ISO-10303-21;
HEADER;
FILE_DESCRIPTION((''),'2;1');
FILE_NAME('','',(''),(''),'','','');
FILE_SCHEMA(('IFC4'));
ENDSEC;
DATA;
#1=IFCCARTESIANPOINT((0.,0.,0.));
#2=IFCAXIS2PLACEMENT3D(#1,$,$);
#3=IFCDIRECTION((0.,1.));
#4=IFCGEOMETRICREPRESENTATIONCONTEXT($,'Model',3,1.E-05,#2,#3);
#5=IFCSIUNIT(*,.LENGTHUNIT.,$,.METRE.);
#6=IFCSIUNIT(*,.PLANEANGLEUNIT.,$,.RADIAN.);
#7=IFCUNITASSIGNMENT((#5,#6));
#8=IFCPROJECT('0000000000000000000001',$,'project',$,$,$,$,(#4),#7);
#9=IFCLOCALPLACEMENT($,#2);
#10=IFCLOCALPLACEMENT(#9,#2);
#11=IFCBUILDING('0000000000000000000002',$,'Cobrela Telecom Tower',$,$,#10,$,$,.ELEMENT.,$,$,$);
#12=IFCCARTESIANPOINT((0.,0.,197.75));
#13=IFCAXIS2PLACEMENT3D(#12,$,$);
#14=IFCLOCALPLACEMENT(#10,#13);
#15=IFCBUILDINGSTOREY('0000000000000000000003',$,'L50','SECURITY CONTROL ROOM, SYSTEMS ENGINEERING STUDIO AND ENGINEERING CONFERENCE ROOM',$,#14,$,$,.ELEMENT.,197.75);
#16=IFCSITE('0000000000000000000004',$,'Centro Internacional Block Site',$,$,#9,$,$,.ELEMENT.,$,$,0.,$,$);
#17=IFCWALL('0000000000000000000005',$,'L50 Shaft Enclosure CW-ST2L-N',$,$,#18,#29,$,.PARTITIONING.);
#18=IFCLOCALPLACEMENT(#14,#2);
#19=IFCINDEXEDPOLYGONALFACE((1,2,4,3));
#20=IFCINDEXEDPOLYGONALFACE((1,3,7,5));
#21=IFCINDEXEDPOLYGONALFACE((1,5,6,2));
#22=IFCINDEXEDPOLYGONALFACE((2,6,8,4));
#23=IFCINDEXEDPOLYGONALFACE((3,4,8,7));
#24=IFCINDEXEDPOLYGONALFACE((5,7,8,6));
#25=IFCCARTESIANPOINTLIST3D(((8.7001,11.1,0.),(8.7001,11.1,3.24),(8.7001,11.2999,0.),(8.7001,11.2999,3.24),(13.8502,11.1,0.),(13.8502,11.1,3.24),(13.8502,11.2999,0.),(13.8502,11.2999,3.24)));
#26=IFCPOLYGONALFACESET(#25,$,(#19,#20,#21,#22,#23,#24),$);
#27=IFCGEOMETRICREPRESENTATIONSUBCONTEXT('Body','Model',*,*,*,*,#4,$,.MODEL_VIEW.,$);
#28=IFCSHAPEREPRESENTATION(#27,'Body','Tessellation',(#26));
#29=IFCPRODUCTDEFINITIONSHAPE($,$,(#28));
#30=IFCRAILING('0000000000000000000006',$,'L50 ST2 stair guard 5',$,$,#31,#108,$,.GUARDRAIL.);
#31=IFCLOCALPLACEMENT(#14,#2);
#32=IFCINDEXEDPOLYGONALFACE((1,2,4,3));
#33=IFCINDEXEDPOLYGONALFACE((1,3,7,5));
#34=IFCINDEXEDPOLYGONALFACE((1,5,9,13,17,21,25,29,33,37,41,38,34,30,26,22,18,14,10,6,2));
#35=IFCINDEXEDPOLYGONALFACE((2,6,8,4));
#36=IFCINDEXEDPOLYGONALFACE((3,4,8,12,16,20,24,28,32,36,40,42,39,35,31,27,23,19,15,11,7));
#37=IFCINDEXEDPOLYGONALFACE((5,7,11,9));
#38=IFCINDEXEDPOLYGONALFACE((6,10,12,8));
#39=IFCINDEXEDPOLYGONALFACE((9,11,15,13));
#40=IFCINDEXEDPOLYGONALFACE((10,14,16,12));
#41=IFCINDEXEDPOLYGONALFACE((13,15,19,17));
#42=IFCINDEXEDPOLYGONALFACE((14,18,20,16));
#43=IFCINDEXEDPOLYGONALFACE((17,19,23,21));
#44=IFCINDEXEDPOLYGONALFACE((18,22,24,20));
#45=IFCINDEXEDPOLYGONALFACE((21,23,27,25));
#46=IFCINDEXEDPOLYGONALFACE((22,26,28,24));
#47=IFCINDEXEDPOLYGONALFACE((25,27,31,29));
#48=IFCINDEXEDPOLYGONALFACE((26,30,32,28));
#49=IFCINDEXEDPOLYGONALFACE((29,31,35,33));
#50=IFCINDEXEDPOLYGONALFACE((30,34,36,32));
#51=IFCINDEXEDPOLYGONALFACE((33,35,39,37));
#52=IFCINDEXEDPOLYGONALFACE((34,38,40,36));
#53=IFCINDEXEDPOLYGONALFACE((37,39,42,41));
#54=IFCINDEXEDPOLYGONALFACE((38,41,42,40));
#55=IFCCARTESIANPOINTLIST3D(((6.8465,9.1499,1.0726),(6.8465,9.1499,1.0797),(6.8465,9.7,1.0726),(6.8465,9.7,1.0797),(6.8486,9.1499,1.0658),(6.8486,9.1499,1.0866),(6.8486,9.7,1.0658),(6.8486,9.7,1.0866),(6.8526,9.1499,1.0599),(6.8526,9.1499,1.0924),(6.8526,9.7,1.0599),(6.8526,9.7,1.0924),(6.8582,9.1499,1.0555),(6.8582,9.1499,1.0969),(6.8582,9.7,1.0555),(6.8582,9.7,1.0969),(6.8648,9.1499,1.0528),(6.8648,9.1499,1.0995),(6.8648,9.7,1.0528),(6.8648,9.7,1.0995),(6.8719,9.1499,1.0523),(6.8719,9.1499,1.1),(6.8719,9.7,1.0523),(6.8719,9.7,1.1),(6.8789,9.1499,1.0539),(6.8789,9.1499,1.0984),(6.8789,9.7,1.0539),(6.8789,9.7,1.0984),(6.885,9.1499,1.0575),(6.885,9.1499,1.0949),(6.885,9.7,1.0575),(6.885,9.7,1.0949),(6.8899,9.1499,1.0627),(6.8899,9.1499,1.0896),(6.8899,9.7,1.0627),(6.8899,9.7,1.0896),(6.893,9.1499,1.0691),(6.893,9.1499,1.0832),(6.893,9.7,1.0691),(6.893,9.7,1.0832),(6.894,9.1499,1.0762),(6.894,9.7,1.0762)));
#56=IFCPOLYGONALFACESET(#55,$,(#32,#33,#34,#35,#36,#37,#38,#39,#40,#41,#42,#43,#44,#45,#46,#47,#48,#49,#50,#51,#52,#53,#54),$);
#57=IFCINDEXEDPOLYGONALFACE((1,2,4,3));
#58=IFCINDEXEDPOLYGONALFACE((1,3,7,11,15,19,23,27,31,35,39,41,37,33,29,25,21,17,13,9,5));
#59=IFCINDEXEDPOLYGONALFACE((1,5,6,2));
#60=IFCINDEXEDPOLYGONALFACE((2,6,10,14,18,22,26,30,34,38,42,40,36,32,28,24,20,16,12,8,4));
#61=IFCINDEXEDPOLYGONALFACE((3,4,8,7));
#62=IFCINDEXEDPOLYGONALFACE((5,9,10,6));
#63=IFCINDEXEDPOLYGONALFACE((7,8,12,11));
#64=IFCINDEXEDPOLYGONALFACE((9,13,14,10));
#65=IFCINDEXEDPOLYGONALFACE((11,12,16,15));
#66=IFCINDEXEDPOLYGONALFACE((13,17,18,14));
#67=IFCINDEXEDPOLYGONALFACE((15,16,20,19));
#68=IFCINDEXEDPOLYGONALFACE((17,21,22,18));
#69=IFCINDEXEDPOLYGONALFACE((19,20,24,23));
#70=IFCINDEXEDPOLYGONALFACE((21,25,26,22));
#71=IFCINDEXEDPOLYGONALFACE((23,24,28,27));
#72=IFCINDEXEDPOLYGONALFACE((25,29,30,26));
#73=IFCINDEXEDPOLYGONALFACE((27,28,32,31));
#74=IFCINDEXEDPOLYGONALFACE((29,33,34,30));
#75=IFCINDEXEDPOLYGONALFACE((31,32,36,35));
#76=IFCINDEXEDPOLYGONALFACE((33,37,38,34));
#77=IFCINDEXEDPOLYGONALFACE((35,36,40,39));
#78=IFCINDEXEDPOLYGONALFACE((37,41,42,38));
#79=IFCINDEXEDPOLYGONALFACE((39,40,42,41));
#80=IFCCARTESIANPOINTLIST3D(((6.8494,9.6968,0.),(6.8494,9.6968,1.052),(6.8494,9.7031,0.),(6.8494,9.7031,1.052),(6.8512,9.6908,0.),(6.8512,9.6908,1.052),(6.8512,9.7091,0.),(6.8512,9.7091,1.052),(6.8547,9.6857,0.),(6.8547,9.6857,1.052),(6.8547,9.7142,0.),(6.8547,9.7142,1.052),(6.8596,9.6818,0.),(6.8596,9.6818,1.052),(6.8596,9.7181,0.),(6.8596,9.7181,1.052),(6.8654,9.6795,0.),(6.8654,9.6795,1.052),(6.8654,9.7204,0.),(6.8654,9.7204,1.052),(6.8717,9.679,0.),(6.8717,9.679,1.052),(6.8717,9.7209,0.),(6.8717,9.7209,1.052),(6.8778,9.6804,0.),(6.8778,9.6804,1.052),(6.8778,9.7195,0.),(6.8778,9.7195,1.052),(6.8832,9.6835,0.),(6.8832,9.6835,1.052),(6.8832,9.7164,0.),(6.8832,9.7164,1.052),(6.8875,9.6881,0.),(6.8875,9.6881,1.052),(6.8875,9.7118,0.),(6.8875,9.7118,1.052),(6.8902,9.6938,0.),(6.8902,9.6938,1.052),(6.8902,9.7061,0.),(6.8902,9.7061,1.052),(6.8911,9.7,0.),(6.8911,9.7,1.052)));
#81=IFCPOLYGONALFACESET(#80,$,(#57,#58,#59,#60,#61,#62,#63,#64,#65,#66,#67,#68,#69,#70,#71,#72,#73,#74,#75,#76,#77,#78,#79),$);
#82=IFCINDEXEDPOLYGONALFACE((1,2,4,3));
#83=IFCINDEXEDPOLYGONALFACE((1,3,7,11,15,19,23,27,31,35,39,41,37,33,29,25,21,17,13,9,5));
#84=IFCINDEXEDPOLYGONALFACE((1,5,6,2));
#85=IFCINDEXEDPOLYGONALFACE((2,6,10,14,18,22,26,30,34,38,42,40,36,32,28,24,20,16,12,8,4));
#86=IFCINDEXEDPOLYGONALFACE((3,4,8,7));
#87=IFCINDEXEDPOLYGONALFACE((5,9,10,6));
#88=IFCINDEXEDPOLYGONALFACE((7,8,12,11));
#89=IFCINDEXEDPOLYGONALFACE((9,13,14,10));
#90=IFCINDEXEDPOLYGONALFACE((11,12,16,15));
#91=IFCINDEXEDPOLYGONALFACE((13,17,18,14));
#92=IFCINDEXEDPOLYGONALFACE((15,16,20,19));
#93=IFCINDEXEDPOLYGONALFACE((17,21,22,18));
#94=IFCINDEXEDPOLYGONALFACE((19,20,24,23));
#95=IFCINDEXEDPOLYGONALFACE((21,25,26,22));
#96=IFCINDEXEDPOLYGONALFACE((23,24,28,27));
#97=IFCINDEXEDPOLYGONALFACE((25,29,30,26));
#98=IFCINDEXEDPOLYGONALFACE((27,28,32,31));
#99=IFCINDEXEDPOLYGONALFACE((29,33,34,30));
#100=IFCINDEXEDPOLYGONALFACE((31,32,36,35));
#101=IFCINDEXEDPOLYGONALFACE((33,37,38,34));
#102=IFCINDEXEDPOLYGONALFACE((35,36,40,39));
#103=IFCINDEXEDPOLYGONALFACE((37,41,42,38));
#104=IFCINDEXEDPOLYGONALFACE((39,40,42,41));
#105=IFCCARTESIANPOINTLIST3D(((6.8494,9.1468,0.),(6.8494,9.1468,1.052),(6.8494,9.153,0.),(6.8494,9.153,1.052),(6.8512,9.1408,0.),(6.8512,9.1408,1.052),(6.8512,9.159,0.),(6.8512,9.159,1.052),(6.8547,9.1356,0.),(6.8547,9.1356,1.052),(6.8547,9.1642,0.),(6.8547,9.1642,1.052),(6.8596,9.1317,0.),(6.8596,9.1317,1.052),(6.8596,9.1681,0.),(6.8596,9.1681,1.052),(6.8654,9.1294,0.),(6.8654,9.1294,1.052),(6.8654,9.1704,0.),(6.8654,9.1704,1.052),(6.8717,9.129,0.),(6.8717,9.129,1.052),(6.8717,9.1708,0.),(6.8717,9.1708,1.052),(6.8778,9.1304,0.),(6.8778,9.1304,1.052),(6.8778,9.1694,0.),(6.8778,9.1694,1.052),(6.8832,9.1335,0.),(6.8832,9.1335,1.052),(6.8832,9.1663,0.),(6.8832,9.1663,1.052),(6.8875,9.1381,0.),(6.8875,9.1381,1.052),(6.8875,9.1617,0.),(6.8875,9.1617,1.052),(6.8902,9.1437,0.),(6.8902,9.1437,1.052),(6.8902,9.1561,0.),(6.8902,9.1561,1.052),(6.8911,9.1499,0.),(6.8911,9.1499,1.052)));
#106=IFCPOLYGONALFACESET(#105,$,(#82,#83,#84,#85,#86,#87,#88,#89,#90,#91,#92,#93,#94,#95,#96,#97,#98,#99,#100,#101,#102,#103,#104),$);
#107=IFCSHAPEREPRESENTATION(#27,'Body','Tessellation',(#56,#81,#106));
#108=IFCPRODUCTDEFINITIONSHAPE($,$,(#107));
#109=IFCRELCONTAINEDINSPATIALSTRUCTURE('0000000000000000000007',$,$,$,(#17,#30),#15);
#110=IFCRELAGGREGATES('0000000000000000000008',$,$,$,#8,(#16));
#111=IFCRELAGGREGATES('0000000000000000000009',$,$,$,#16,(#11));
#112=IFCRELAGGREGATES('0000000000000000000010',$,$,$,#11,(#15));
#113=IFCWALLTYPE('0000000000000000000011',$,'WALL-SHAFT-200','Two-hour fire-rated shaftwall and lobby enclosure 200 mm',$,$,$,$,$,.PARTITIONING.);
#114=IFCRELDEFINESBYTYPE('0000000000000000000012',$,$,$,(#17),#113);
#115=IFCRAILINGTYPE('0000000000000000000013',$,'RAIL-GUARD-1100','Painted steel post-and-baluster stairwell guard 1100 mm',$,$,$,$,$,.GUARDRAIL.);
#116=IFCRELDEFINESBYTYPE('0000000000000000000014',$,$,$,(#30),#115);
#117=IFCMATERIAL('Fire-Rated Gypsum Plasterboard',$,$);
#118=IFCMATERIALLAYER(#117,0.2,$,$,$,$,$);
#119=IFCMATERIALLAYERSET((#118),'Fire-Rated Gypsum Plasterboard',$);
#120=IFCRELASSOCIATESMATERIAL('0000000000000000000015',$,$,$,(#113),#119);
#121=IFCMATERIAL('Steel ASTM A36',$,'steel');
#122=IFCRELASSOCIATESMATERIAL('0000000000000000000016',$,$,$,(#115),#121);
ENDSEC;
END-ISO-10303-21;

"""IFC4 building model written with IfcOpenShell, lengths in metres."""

from ifc_helpers import new_model, si_unit, direction, frame, frame_2d, origin, origin_2d, place, context, subcontext, project, spatial, rectangle, circle, extrude, material, layer, layer_set, type_object, element, save


model = new_model("IFC4")

# Units and contexts
model_context = context("Model", 3, precision=1e-05, world=origin(), true_north=direction((0.0, 1.0)))
body_context = subcontext(model_context, "Body", "Model", "MODEL_VIEW")
ifc_project = project(units=[si_unit("LENGTHUNIT", "METRE"), si_unit("PLANEANGLEUNIT", "RADIAN")], contexts=[model_context])

# Site, building, storey
site_placement = place(None, origin())
site = spatial("IfcSite", under=ifc_project, at=site_placement, Name="Centro Internacional Block Site", CompositionType="ELEMENT", RefElevation=0.0)
building_placement = place(site_placement, origin())
building = spatial("IfcBuilding", under=site, at=building_placement, Name="Cobrela Telecom Tower", CompositionType="ELEMENT")
storey_placement = place(building_placement, frame((0.0, 0.0, 197.75)))
storey = spatial("IfcBuildingStorey", under=building, at=storey_placement, Name="L50", Description="SECURITY CONTROL ROOM, SYSTEMS ENGINEERING STUDIO AND ENGINEERING CONFERENCE ROOM", CompositionType="ELEMENT", Elevation=197.75)

# Shared definitions
ifc_material_1 = material(Name="Fire-Rated Gypsum Plasterboard")

# Wall
ifc_layer_1 = layer(ifc_material_1, 0.2)
ifc_layer_set_1 = layer_set([ifc_layer_1], Name="Fire-Rated Gypsum Plasterboard")
wall_type_1 = type_object("IfcWallType", Name="WALL-SHAFT-200", Description="Two-hour fire-rated shaftwall and lobby enclosure 200 mm", PredefinedType="PARTITIONING", material=ifc_layer_set_1)
wall_1_placement = place(storey_placement, frame((8.7, 11.2, 0.0), z_axis=(0.0, 0.0, 1.0), x_axis=(1.0, 0.0, 0.0)))
element("IfcWall", 1, at=wall_1_placement, inside=storey, type_object=wall_type_1, Name="L50 Shaft Enclosure CW-ST2L-N", PredefinedType="PARTITIONING", context=body_context, shape_type="SweptSolid", body=[
    extrude(rectangle(XDim=5.1501, YDim=0.2, at=frame_2d((2.5752, 0.0))), origin(), (0.0, 0.0, 1.0), 3.24),
])

# Shared definitions
ifc_material_2 = material(Name="Steel ASTM A36", Category="steel")

# Railing
railing_type_1 = type_object("IfcRailingType", Name="RAIL-GUARD-1100", Description="Painted steel post-and-baluster stairwell guard 1100 mm", PredefinedType="GUARDRAIL", material=ifc_material_2)
railing_1_placement = place(storey_placement, frame((6.8701, 9.7, 0.0)))
element("IfcRailing", 2, at=railing_1_placement, inside=storey, type_object=railing_type_1, Name="L50 ST2 stair guard 5", PredefinedType="GUARDRAIL", context=body_context, shape_type="SweptSolid", body=[
    extrude(circle(Radius=0.0239, at=origin_2d()), frame((0.0, 0.0, 1.0762), z_axis=(0.0, -1.0, 0.0), x_axis=(1.0, 0.0, 0.0)), (0.0, 0.0, 1.0), 0.55),
    extrude(circle(Radius=0.021, at=origin_2d()), origin(), (0.0, 0.0, 1.0), 1.052),
    extrude(circle(Radius=0.021, at=origin_2d()), frame((0.0, -0.55, 0.0)), (0.0, 0.0, 1.0), 1.052),
])

save(model, "model.ifc")
